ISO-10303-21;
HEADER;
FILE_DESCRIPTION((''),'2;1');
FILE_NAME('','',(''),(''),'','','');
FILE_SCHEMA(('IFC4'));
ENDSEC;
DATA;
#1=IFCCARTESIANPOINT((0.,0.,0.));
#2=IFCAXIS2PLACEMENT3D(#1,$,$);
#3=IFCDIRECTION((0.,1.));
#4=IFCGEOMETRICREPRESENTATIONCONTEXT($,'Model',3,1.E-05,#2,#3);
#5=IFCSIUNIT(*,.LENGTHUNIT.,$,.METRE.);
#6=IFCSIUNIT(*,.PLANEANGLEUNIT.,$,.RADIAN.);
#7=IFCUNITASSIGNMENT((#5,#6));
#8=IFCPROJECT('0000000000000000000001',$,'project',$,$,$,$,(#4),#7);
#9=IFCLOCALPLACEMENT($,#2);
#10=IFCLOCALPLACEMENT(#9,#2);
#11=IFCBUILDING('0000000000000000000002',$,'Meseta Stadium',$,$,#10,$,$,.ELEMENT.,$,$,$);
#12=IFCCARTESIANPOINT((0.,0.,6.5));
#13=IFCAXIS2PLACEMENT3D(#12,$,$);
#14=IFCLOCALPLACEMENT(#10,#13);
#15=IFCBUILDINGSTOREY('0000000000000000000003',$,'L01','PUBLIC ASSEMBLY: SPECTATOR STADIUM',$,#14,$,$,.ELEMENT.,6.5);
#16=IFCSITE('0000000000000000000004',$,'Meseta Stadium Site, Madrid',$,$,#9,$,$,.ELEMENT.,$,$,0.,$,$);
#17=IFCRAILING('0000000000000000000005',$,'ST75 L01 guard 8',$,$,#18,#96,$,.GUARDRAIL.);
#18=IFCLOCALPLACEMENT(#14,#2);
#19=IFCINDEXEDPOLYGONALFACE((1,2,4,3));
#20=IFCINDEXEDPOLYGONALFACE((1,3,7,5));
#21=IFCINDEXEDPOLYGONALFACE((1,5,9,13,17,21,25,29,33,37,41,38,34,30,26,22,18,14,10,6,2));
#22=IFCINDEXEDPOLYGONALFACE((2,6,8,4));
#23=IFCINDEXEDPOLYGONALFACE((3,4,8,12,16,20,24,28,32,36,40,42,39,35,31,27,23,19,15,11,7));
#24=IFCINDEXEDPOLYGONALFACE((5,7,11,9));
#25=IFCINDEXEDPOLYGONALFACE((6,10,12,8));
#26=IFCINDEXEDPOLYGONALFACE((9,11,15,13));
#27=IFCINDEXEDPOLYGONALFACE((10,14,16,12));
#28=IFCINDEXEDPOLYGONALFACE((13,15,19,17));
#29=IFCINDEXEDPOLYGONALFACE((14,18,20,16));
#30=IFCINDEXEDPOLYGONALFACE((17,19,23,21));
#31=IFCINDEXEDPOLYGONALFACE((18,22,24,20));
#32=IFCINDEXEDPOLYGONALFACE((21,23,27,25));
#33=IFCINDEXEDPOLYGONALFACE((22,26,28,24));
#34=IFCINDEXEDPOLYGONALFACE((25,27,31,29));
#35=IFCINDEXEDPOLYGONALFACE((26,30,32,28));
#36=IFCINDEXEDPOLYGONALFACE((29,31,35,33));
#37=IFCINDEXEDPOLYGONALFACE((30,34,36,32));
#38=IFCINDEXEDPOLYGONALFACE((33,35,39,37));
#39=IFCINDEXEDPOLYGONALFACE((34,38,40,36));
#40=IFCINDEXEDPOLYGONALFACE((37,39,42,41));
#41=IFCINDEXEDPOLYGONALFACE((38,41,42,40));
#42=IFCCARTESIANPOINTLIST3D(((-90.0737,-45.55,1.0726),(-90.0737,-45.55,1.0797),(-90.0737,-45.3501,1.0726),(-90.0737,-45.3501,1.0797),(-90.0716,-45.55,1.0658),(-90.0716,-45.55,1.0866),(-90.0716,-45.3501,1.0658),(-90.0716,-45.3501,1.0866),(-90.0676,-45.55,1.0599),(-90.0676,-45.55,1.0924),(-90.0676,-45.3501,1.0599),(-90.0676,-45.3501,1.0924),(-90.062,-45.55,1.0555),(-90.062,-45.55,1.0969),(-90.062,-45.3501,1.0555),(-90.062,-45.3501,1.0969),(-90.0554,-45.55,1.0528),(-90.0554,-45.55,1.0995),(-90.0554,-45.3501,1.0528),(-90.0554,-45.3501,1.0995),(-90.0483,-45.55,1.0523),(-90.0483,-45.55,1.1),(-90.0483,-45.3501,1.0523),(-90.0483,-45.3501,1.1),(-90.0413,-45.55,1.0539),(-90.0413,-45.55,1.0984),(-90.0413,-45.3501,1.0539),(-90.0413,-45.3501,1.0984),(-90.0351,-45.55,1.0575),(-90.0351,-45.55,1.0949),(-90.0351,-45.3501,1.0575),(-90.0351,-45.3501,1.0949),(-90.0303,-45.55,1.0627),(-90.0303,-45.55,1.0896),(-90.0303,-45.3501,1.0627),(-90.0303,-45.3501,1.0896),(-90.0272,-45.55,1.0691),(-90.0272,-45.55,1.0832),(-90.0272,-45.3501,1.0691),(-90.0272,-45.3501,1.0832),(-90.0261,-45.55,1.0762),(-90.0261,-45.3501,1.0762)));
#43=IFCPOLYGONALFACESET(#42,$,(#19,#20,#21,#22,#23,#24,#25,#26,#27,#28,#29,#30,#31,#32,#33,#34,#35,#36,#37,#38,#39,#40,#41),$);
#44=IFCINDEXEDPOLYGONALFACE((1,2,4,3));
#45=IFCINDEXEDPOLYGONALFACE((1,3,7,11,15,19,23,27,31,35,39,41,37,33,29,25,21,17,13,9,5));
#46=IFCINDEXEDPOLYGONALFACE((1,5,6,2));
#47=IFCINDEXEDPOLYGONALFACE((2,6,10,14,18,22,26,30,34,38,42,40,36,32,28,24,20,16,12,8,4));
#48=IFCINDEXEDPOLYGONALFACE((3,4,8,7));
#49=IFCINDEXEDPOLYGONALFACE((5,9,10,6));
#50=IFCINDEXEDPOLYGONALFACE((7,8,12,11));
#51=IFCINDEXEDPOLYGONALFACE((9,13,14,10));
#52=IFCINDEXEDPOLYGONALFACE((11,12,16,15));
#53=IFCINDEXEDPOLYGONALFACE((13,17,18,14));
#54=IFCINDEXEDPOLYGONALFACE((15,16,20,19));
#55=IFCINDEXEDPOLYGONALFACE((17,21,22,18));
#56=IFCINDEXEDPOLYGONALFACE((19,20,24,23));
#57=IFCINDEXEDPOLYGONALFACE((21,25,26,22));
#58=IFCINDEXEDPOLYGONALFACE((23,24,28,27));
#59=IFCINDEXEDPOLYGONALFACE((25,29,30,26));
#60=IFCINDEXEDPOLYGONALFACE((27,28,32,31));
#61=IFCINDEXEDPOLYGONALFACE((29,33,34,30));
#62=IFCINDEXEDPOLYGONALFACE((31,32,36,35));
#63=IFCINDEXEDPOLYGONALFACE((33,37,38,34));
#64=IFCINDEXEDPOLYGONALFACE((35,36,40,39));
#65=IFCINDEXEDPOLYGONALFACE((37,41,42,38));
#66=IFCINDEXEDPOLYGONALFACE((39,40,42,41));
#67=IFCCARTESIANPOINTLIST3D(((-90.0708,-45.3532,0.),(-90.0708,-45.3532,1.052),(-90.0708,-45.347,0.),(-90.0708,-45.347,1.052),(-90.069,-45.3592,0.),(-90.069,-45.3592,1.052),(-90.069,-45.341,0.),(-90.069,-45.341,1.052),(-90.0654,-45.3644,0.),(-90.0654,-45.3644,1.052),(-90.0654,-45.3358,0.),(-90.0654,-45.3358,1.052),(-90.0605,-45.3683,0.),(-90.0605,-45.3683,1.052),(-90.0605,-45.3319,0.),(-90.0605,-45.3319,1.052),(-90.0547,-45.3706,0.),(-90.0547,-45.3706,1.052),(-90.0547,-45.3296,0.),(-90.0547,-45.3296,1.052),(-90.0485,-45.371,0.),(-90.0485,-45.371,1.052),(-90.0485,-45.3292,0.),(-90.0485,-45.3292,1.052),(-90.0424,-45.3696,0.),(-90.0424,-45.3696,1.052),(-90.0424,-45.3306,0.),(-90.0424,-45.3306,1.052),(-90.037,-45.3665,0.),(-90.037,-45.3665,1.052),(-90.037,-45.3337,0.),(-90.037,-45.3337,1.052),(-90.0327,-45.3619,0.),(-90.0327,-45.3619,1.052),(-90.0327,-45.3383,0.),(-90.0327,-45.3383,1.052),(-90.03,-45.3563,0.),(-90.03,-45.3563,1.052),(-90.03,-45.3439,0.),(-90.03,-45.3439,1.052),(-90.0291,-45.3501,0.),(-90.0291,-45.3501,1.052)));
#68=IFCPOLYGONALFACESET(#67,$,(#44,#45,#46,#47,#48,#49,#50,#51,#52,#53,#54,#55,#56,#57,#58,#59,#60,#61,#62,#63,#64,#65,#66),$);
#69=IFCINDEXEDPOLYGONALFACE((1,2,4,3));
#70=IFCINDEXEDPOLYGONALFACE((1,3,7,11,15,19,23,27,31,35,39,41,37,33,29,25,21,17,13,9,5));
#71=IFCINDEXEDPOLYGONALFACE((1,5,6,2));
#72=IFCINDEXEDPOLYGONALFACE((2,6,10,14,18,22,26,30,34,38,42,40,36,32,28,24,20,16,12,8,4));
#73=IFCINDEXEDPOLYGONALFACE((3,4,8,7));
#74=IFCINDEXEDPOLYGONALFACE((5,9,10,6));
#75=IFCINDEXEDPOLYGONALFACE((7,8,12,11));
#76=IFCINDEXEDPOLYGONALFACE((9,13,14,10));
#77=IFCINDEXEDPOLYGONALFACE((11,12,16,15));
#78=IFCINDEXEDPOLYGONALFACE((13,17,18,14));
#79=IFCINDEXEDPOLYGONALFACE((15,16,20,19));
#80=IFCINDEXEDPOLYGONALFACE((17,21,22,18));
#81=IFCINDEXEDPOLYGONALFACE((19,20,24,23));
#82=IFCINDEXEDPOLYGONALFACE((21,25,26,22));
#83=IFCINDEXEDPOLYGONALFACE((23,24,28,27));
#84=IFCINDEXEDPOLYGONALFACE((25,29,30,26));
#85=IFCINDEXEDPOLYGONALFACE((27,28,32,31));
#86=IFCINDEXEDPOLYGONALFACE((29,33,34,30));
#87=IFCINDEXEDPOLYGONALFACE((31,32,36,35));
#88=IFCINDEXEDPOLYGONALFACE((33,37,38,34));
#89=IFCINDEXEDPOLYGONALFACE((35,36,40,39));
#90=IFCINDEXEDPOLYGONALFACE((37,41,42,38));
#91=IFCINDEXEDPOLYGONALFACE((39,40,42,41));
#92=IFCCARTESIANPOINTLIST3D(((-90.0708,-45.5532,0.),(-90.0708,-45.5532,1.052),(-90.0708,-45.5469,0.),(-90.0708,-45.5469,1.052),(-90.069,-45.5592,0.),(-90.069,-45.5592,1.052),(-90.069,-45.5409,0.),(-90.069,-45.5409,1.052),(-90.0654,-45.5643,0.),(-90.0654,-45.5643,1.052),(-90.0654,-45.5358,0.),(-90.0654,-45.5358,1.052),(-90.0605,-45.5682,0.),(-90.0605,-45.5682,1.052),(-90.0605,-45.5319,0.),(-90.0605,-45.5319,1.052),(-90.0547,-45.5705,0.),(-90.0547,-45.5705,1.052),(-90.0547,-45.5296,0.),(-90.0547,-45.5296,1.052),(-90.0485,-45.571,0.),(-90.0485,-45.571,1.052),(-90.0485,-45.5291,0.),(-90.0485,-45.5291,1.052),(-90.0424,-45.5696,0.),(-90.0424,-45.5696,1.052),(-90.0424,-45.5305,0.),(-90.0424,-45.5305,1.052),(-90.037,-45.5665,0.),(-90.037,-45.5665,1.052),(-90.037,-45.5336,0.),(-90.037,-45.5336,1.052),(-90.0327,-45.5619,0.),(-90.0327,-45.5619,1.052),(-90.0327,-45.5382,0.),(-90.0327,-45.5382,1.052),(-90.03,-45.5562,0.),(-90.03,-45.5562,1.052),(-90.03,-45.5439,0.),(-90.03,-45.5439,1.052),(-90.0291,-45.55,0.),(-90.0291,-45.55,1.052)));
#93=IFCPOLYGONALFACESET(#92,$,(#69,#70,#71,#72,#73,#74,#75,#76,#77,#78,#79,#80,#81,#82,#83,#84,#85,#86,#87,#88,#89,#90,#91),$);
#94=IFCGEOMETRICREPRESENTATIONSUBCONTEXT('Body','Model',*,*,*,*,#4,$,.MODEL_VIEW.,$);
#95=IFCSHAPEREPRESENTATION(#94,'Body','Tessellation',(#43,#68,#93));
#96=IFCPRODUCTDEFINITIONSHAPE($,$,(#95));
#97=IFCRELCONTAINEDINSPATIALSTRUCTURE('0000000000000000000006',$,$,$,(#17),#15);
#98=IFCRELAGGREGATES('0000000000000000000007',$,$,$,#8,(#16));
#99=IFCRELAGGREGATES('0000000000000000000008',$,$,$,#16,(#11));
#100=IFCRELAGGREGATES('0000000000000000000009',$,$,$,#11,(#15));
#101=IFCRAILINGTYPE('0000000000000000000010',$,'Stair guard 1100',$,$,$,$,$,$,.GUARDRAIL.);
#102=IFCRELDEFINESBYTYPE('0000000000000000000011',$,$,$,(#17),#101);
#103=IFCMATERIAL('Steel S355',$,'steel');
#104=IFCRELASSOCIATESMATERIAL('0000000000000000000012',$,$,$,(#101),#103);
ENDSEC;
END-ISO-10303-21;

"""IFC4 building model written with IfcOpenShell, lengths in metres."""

from ifc_helpers import new_model, si_unit, direction, frame, origin, origin_2d, place, context, subcontext, project, spatial, circle, extrude, material, type_object, element, save


model = new_model("IFC4")

# Units and contexts
model_context = context("Model", 3, precision=1e-05, world=origin(), true_north=direction((0.0, 1.0)))
body_context = subcontext(model_context, "Body", "Model", "MODEL_VIEW")
ifc_project = project(units=[si_unit("LENGTHUNIT", "METRE"), si_unit("PLANEANGLEUNIT", "RADIAN")], contexts=[model_context])

# Site, building, storey
site_placement = place(None, origin())
site = spatial("IfcSite", under=ifc_project, at=site_placement, Name="Meseta Stadium Site, Madrid", CompositionType="ELEMENT", RefElevation=0.0)
building_placement = place(site_placement, origin())
building = spatial("IfcBuilding", under=site, at=building_placement, Name="Meseta Stadium", CompositionType="ELEMENT")
storey_placement = place(building_placement, frame((0.0, 0.0, 6.5)))
storey = spatial("IfcBuildingStorey", under=building, at=storey_placement, Name="L01", Description="PUBLIC ASSEMBLY: SPECTATOR STADIUM", CompositionType="ELEMENT", Elevation=6.5)

# Railing
ifc_material_1 = material(Name="Steel S355", Category="steel")
railing_type_1 = type_object("IfcRailingType", Name="Stair guard 1100", PredefinedType="GUARDRAIL", material=ifc_material_1)
railing_1_placement = place(storey_placement, frame((-90.05, -45.3501, 0.0)))
element("IfcRailing", 1, at=railing_1_placement, inside=storey, type_object=railing_type_1, Name="ST75 L01 guard 8", PredefinedType="GUARDRAIL", context=body_context, shape_type="SweptSolid", body=[
    extrude(circle(Radius=0.0239, at=origin_2d()), frame((0.0, 0.0, 1.0762), z_axis=(0.0, -1.0, 0.0), x_axis=(1.0, 0.0, 0.0)), (0.0, 0.0, 1.0), 0.2),
    extrude(circle(Radius=0.021, at=origin_2d()), origin(), (0.0, 0.0, 1.0), 1.052),
    extrude(circle(Radius=0.021, at=origin_2d()), frame((0.0, -0.2, 0.0)), (0.0, 0.0, 1.0), 1.052),
])

save(model, "model.ifc")
